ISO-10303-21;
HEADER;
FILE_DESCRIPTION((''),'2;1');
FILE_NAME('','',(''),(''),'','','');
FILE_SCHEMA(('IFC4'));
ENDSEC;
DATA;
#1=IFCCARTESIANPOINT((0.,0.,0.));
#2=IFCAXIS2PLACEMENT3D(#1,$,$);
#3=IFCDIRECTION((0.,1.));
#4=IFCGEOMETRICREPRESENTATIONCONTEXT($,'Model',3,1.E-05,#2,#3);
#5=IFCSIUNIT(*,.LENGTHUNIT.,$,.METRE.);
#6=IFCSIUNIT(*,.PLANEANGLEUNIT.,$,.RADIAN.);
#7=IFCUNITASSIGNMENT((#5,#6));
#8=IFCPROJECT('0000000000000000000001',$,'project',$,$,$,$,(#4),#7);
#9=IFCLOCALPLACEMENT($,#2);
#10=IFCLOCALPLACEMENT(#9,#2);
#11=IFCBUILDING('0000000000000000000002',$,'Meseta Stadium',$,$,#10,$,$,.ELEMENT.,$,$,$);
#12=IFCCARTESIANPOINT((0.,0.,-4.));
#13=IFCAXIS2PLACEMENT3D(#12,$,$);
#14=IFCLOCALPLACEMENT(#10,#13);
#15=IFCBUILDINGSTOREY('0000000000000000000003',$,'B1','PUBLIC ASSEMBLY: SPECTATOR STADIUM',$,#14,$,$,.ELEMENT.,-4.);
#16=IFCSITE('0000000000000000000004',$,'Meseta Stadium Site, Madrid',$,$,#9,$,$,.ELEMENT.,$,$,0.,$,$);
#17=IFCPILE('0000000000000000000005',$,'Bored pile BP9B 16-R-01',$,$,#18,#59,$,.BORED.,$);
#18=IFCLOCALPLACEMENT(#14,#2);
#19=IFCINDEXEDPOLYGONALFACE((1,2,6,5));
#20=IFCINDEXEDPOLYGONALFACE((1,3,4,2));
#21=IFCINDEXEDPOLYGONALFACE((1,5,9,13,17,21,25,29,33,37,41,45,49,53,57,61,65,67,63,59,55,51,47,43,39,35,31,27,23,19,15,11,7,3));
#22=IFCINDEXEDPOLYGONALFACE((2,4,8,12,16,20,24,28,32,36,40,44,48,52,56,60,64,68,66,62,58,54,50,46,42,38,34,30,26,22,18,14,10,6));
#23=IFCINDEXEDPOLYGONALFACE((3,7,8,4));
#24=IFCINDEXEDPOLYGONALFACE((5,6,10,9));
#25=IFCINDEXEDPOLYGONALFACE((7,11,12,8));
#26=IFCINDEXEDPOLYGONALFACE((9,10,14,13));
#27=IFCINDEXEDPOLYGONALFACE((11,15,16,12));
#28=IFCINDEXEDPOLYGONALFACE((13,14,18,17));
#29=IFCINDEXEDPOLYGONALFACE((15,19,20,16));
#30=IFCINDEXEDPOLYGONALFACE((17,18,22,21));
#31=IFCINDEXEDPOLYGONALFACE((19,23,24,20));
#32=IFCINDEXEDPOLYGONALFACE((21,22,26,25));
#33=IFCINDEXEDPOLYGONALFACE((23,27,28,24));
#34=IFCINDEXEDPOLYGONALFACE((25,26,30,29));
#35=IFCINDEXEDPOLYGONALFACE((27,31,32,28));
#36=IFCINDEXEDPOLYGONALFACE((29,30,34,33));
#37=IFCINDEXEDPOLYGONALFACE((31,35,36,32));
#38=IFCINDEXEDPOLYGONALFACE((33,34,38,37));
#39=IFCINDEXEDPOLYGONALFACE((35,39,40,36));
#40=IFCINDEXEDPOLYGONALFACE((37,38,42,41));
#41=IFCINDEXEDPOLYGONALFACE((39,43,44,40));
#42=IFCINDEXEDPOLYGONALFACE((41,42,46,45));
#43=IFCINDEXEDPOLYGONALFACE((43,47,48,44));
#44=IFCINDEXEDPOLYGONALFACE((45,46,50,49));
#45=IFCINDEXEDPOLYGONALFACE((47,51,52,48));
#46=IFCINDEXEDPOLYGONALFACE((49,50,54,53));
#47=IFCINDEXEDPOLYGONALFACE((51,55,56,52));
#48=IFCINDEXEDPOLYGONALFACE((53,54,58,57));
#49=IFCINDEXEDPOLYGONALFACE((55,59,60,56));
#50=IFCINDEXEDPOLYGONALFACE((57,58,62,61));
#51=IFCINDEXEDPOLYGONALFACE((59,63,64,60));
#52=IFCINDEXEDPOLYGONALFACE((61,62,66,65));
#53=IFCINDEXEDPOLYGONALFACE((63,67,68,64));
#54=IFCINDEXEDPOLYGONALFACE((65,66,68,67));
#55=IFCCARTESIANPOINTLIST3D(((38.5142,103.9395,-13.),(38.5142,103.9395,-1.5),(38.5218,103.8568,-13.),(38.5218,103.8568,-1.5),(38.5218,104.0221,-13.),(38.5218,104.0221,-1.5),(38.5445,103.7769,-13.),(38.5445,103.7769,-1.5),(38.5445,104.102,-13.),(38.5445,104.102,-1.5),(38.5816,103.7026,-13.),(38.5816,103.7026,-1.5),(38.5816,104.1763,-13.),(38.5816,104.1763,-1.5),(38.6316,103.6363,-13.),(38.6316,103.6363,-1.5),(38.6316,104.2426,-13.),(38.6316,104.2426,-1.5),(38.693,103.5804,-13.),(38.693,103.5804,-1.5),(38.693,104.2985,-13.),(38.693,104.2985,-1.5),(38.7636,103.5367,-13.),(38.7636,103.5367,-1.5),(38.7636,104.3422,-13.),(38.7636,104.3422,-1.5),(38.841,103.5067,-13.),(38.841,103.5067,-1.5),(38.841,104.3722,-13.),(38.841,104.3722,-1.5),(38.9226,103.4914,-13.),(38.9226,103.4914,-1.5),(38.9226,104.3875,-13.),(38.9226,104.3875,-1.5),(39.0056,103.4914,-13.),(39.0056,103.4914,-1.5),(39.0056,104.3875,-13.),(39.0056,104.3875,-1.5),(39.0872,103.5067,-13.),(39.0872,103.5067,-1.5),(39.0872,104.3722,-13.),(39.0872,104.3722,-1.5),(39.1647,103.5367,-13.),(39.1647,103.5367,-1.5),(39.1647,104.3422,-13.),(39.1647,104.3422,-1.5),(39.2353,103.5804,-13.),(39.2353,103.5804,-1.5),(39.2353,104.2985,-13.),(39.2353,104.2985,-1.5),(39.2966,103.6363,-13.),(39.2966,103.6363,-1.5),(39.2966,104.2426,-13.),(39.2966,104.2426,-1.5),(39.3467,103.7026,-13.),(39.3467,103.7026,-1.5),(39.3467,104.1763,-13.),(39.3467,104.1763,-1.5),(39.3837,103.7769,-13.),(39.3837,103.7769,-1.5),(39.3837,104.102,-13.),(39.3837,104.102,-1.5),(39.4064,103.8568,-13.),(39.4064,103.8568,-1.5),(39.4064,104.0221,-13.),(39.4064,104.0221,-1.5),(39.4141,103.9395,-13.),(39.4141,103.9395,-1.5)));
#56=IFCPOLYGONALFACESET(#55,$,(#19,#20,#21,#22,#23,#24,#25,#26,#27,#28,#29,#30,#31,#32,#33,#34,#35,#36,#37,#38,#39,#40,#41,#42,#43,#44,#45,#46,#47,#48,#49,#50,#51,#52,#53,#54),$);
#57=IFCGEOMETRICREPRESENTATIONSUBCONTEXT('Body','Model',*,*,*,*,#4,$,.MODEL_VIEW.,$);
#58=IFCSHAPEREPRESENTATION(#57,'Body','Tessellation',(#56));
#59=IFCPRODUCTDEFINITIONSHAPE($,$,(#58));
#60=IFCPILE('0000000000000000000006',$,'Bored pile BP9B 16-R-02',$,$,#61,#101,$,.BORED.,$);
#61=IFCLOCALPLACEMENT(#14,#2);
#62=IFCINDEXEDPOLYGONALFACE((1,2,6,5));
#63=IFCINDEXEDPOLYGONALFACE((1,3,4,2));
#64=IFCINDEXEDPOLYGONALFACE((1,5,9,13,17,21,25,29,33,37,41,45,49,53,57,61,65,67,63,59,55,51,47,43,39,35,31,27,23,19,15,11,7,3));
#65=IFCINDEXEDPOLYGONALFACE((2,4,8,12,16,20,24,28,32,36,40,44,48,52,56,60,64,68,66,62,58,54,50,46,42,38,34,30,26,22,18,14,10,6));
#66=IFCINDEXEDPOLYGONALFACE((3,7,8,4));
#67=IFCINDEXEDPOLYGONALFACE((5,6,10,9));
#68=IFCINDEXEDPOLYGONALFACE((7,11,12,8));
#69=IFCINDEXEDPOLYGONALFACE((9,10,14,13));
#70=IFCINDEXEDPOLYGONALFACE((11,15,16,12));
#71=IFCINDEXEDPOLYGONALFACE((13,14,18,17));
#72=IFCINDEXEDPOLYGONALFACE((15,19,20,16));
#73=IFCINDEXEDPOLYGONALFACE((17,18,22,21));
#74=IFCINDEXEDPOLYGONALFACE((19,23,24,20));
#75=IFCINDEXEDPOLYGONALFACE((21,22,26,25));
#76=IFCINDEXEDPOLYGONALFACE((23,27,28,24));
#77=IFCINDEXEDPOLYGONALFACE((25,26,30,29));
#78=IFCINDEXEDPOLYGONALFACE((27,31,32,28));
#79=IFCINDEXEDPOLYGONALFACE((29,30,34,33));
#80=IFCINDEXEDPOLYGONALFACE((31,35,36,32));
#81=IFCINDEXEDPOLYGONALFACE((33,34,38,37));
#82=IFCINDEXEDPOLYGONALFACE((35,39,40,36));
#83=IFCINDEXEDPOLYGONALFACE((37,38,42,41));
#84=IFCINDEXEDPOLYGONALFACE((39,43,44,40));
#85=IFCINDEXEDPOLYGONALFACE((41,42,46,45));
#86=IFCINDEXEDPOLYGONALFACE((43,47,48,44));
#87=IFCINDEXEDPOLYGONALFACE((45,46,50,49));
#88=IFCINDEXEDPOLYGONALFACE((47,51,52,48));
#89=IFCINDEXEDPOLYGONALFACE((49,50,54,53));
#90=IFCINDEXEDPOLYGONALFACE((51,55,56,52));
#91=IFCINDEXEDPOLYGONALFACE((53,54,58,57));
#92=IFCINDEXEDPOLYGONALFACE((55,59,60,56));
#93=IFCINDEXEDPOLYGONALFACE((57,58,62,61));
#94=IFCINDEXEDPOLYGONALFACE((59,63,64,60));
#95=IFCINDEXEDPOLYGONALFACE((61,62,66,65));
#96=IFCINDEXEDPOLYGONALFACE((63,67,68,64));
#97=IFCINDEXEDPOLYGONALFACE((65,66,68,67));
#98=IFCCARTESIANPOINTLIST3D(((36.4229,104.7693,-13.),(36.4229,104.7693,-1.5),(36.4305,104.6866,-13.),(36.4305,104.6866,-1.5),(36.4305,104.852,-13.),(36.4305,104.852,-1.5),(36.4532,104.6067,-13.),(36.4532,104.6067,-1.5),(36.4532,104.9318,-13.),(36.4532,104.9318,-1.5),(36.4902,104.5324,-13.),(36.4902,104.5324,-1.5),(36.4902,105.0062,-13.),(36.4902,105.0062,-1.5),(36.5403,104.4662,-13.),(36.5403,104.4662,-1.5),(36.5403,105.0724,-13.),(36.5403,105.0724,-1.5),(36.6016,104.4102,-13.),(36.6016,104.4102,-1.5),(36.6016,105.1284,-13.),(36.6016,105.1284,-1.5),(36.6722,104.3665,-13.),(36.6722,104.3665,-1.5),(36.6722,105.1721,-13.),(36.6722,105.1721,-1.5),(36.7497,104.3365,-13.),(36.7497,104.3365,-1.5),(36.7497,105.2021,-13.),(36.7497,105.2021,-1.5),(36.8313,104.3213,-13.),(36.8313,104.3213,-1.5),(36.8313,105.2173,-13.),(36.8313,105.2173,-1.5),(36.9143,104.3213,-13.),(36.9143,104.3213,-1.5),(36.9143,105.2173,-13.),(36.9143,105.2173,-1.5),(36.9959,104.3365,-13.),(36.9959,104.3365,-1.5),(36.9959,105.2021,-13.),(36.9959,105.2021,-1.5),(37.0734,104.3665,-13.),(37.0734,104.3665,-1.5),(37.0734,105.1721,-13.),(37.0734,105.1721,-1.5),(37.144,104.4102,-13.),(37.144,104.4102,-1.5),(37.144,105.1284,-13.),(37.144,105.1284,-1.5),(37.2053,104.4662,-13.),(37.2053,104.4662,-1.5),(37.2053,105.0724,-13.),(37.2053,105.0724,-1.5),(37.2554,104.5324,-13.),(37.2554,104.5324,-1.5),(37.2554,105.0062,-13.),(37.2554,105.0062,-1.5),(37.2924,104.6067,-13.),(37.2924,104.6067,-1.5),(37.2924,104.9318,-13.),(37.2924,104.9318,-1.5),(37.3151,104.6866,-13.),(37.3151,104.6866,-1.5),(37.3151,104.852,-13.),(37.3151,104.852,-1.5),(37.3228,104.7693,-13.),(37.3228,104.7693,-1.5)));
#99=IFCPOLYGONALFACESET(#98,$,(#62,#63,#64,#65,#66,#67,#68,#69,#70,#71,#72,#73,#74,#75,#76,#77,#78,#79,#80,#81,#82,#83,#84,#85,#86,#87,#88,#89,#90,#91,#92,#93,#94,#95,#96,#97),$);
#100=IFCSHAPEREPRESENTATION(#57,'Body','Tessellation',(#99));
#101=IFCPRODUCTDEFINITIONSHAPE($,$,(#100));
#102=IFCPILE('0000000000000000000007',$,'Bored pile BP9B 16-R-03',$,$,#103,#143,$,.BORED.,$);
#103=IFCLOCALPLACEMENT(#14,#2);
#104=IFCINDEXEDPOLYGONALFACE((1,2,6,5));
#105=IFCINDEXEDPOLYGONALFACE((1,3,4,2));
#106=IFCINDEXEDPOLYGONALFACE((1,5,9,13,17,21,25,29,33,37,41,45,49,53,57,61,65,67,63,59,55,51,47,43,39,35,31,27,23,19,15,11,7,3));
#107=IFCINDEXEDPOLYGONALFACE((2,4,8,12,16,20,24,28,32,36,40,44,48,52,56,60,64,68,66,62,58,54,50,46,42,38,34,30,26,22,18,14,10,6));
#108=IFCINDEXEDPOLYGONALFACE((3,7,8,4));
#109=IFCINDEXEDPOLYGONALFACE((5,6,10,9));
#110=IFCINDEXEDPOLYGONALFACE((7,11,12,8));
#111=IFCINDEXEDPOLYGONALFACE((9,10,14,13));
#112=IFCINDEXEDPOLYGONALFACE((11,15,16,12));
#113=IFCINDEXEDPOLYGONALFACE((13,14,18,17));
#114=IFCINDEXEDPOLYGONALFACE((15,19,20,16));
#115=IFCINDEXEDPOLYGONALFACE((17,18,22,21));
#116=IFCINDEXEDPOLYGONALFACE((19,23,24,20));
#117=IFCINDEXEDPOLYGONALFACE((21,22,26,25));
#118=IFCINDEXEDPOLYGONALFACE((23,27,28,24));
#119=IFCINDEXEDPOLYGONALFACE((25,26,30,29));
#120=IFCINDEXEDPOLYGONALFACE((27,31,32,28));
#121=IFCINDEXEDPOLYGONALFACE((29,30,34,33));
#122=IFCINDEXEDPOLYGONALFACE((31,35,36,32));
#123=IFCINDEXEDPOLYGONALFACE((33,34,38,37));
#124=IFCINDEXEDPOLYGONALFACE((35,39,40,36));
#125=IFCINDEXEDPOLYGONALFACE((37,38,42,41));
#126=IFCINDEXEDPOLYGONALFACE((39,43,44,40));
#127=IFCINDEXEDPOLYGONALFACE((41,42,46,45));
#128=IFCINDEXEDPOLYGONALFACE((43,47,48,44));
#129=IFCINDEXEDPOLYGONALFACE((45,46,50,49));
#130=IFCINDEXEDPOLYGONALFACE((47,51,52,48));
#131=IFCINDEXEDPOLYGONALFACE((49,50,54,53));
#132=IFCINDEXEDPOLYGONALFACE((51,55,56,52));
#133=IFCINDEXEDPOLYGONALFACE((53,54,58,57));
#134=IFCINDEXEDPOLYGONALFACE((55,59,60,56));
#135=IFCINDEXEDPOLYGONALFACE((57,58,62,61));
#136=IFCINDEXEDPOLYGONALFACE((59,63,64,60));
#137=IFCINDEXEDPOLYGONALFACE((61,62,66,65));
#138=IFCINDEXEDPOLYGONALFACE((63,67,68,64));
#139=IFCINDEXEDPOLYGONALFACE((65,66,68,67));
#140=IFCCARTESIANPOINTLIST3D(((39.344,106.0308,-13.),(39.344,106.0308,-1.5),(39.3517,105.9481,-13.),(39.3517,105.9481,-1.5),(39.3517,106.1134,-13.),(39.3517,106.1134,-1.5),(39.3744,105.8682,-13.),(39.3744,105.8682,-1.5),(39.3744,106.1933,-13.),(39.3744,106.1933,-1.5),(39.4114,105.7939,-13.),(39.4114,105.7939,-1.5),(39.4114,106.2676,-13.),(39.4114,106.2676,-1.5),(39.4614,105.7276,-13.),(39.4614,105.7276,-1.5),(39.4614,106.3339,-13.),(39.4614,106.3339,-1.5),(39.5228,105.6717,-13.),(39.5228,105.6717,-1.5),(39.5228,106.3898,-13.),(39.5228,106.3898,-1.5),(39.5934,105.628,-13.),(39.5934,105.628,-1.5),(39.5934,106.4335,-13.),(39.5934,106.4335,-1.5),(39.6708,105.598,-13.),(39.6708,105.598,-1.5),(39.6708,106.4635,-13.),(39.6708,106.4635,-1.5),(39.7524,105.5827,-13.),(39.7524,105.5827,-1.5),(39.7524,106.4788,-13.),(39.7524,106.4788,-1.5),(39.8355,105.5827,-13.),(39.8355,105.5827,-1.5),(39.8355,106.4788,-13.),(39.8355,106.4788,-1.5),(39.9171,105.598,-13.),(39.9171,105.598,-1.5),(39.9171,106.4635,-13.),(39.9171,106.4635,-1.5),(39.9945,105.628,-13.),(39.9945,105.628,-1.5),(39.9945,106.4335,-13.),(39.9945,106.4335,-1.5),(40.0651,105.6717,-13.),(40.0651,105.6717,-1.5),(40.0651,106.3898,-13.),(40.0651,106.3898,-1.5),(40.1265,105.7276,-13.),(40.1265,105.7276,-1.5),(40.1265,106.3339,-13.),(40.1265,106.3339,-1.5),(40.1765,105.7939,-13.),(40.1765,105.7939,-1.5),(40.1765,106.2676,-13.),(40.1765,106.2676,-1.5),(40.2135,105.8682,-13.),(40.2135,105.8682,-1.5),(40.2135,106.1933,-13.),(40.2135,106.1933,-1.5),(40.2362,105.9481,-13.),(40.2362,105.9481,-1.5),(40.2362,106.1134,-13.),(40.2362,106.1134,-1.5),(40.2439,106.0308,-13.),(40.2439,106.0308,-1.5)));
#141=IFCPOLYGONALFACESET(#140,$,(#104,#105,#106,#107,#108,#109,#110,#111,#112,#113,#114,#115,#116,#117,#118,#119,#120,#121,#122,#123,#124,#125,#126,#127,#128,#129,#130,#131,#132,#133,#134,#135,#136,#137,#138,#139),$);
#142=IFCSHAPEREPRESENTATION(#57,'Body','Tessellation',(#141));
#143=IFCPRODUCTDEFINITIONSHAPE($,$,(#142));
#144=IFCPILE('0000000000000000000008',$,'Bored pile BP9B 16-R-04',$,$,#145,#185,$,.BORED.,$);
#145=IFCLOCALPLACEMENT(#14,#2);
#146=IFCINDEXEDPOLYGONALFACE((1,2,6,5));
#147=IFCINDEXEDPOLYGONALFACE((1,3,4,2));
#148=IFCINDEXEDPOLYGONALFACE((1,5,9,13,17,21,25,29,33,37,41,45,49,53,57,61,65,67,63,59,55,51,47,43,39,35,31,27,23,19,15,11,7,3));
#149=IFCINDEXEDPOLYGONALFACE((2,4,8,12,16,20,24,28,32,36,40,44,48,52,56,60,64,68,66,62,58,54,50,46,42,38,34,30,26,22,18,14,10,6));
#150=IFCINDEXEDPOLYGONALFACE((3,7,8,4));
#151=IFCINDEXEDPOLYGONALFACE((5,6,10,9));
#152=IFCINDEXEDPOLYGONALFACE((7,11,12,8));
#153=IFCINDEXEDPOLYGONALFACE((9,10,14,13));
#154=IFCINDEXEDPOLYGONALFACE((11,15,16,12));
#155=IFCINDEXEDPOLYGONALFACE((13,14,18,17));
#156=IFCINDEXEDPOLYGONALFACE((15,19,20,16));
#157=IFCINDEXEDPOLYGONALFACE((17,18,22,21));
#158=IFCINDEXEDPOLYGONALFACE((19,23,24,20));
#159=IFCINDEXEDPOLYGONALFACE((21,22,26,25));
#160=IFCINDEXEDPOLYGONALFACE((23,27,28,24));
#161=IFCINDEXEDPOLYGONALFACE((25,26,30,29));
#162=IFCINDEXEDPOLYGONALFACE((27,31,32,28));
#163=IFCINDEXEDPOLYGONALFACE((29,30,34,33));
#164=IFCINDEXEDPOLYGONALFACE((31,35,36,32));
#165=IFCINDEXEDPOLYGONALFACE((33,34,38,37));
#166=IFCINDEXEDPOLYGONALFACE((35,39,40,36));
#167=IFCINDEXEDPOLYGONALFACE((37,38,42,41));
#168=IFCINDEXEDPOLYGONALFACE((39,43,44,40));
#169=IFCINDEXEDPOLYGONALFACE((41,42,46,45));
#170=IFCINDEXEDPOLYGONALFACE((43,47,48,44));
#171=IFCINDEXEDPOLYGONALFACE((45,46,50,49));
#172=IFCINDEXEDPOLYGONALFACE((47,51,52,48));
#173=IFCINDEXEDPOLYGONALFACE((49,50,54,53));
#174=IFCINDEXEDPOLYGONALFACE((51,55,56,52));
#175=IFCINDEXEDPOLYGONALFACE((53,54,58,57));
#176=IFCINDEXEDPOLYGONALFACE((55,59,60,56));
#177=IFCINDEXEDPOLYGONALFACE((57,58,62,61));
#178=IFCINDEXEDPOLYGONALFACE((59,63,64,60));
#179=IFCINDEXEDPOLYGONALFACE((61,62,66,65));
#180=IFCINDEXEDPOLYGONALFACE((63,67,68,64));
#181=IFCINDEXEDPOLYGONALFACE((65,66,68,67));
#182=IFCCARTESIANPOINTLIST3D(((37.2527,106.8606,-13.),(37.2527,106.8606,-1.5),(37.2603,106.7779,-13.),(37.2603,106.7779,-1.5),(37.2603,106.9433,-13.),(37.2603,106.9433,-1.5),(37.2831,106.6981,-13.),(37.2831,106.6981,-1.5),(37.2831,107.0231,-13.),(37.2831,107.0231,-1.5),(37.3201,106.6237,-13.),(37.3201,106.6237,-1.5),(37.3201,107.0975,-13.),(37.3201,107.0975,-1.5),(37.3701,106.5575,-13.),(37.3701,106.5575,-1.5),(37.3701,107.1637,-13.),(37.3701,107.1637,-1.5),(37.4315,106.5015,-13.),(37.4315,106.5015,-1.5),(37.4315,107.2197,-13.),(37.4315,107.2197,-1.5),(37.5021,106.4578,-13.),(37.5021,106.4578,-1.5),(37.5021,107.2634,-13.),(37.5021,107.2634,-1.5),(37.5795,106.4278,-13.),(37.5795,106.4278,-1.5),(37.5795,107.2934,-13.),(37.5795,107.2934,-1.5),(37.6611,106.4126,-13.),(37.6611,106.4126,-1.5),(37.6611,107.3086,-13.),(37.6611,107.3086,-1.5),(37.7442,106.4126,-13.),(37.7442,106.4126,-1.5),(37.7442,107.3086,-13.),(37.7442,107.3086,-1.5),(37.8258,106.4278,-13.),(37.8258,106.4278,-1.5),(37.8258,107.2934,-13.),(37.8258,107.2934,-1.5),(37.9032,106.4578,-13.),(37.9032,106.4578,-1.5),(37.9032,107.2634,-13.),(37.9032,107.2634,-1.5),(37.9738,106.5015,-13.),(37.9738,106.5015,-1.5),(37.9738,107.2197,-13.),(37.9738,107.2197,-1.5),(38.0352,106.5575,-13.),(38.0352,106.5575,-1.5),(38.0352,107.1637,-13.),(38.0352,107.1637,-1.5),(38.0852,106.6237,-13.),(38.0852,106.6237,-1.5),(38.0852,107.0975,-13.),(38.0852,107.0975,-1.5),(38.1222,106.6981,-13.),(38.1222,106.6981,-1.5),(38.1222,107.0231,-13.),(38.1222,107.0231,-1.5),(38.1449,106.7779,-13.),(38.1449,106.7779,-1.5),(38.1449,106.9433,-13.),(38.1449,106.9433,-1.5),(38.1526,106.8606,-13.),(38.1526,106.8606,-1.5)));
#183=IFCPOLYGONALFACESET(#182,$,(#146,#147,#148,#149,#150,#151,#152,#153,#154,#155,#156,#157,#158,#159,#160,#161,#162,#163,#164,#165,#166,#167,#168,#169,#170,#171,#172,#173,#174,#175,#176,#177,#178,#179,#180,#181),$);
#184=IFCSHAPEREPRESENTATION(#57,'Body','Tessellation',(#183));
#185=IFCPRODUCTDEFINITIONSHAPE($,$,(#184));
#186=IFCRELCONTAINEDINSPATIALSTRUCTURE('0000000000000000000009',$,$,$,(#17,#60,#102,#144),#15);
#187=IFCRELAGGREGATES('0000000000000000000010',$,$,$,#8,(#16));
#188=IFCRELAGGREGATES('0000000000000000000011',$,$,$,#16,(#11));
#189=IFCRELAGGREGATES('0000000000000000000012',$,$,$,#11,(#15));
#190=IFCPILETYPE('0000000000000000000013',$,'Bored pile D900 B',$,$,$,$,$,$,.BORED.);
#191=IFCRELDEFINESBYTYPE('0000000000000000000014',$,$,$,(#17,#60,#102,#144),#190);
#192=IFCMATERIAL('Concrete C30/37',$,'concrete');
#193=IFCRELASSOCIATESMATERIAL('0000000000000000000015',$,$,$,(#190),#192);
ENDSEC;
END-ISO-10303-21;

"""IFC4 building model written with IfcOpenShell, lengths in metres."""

from ifc_helpers import new_model, si_unit, direction, frame, origin, origin_2d, place, context, subcontext, project, spatial, circle, extrude, material, material_profile, profile_set, type_object, element, save


model = new_model("IFC4")

# Units and contexts
model_context = context("Model", 3, precision=1e-05, world=origin(), true_north=direction((0.0, 1.0)))
body_context = subcontext(model_context, "Body", "Model", "MODEL_VIEW")
ifc_project = project(units=[si_unit("LENGTHUNIT", "METRE"), si_unit("PLANEANGLEUNIT", "RADIAN")], contexts=[model_context])

# Site, building, storey
site_placement = place(None, origin())
site = spatial("IfcSite", under=ifc_project, at=site_placement, Name="Meseta Stadium Site, Madrid", CompositionType="ELEMENT", RefElevation=0.0)
building_placement = place(site_placement, origin())
building = spatial("IfcBuilding", under=site, at=building_placement, Name="Meseta Stadium", CompositionType="ELEMENT")
storey_placement = place(building_placement, frame((0.0, 0.0, -4.0)))
storey = spatial("IfcBuildingStorey", under=building, at=storey_placement, Name="B1", Description="PUBLIC ASSEMBLY: SPECTATOR STADIUM", CompositionType="ELEMENT", Elevation=-4.0)

# Piles
ifc_material_1 = material(Name="Concrete C30/37", Category="concrete")
ifc_material_profile_1 = material_profile(ifc_material_1, circle(Radius=0.45, at=origin_2d()), Name="D900")
ifc_profile_set_1 = profile_set([ifc_material_profile_1], Name="Concrete C30/37")
pile_type = type_object("IfcPileType", Name="Bored pile D900 B", PredefinedType="BORED", material=ifc_profile_set_1)
for number, where, z_axis, x_axis, name in (
    (1, (38.9641, 103.9395, -1.5), (0.0, 0.0, -1.0), (1.0, 0.0, 0.0), "Bored pile BP9B 16-R-01"),
    (2, (36.8728, 104.7693, -1.5), (0.0, 0.0, -1.0), (1.0, 0.0, 0.0), "Bored pile BP9B 16-R-02"),
    (3, (39.7939, 106.0308, -1.5), (0.0, 0.0, -1.0), (1.0, 0.0, 0.0), "Bored pile BP9B 16-R-03"),
    (4, (37.7026, 106.8606, -1.5), (0.0, 0.0, -1.0), (1.0, 0.0, 0.0), "Bored pile BP9B 16-R-04"),
):
    element("IfcPile", number, at=place(storey_placement, frame(where, z_axis=z_axis, x_axis=x_axis)), inside=storey, type_object=pile_type, Name=name, PredefinedType="BORED", context=body_context, shape_type="SweptSolid", body=[
        extrude(circle(Radius=0.45, at=origin_2d()), origin(), (0.0, 0.0, 1.0), 11.5),
    ])

save(model, "model.ifc")
